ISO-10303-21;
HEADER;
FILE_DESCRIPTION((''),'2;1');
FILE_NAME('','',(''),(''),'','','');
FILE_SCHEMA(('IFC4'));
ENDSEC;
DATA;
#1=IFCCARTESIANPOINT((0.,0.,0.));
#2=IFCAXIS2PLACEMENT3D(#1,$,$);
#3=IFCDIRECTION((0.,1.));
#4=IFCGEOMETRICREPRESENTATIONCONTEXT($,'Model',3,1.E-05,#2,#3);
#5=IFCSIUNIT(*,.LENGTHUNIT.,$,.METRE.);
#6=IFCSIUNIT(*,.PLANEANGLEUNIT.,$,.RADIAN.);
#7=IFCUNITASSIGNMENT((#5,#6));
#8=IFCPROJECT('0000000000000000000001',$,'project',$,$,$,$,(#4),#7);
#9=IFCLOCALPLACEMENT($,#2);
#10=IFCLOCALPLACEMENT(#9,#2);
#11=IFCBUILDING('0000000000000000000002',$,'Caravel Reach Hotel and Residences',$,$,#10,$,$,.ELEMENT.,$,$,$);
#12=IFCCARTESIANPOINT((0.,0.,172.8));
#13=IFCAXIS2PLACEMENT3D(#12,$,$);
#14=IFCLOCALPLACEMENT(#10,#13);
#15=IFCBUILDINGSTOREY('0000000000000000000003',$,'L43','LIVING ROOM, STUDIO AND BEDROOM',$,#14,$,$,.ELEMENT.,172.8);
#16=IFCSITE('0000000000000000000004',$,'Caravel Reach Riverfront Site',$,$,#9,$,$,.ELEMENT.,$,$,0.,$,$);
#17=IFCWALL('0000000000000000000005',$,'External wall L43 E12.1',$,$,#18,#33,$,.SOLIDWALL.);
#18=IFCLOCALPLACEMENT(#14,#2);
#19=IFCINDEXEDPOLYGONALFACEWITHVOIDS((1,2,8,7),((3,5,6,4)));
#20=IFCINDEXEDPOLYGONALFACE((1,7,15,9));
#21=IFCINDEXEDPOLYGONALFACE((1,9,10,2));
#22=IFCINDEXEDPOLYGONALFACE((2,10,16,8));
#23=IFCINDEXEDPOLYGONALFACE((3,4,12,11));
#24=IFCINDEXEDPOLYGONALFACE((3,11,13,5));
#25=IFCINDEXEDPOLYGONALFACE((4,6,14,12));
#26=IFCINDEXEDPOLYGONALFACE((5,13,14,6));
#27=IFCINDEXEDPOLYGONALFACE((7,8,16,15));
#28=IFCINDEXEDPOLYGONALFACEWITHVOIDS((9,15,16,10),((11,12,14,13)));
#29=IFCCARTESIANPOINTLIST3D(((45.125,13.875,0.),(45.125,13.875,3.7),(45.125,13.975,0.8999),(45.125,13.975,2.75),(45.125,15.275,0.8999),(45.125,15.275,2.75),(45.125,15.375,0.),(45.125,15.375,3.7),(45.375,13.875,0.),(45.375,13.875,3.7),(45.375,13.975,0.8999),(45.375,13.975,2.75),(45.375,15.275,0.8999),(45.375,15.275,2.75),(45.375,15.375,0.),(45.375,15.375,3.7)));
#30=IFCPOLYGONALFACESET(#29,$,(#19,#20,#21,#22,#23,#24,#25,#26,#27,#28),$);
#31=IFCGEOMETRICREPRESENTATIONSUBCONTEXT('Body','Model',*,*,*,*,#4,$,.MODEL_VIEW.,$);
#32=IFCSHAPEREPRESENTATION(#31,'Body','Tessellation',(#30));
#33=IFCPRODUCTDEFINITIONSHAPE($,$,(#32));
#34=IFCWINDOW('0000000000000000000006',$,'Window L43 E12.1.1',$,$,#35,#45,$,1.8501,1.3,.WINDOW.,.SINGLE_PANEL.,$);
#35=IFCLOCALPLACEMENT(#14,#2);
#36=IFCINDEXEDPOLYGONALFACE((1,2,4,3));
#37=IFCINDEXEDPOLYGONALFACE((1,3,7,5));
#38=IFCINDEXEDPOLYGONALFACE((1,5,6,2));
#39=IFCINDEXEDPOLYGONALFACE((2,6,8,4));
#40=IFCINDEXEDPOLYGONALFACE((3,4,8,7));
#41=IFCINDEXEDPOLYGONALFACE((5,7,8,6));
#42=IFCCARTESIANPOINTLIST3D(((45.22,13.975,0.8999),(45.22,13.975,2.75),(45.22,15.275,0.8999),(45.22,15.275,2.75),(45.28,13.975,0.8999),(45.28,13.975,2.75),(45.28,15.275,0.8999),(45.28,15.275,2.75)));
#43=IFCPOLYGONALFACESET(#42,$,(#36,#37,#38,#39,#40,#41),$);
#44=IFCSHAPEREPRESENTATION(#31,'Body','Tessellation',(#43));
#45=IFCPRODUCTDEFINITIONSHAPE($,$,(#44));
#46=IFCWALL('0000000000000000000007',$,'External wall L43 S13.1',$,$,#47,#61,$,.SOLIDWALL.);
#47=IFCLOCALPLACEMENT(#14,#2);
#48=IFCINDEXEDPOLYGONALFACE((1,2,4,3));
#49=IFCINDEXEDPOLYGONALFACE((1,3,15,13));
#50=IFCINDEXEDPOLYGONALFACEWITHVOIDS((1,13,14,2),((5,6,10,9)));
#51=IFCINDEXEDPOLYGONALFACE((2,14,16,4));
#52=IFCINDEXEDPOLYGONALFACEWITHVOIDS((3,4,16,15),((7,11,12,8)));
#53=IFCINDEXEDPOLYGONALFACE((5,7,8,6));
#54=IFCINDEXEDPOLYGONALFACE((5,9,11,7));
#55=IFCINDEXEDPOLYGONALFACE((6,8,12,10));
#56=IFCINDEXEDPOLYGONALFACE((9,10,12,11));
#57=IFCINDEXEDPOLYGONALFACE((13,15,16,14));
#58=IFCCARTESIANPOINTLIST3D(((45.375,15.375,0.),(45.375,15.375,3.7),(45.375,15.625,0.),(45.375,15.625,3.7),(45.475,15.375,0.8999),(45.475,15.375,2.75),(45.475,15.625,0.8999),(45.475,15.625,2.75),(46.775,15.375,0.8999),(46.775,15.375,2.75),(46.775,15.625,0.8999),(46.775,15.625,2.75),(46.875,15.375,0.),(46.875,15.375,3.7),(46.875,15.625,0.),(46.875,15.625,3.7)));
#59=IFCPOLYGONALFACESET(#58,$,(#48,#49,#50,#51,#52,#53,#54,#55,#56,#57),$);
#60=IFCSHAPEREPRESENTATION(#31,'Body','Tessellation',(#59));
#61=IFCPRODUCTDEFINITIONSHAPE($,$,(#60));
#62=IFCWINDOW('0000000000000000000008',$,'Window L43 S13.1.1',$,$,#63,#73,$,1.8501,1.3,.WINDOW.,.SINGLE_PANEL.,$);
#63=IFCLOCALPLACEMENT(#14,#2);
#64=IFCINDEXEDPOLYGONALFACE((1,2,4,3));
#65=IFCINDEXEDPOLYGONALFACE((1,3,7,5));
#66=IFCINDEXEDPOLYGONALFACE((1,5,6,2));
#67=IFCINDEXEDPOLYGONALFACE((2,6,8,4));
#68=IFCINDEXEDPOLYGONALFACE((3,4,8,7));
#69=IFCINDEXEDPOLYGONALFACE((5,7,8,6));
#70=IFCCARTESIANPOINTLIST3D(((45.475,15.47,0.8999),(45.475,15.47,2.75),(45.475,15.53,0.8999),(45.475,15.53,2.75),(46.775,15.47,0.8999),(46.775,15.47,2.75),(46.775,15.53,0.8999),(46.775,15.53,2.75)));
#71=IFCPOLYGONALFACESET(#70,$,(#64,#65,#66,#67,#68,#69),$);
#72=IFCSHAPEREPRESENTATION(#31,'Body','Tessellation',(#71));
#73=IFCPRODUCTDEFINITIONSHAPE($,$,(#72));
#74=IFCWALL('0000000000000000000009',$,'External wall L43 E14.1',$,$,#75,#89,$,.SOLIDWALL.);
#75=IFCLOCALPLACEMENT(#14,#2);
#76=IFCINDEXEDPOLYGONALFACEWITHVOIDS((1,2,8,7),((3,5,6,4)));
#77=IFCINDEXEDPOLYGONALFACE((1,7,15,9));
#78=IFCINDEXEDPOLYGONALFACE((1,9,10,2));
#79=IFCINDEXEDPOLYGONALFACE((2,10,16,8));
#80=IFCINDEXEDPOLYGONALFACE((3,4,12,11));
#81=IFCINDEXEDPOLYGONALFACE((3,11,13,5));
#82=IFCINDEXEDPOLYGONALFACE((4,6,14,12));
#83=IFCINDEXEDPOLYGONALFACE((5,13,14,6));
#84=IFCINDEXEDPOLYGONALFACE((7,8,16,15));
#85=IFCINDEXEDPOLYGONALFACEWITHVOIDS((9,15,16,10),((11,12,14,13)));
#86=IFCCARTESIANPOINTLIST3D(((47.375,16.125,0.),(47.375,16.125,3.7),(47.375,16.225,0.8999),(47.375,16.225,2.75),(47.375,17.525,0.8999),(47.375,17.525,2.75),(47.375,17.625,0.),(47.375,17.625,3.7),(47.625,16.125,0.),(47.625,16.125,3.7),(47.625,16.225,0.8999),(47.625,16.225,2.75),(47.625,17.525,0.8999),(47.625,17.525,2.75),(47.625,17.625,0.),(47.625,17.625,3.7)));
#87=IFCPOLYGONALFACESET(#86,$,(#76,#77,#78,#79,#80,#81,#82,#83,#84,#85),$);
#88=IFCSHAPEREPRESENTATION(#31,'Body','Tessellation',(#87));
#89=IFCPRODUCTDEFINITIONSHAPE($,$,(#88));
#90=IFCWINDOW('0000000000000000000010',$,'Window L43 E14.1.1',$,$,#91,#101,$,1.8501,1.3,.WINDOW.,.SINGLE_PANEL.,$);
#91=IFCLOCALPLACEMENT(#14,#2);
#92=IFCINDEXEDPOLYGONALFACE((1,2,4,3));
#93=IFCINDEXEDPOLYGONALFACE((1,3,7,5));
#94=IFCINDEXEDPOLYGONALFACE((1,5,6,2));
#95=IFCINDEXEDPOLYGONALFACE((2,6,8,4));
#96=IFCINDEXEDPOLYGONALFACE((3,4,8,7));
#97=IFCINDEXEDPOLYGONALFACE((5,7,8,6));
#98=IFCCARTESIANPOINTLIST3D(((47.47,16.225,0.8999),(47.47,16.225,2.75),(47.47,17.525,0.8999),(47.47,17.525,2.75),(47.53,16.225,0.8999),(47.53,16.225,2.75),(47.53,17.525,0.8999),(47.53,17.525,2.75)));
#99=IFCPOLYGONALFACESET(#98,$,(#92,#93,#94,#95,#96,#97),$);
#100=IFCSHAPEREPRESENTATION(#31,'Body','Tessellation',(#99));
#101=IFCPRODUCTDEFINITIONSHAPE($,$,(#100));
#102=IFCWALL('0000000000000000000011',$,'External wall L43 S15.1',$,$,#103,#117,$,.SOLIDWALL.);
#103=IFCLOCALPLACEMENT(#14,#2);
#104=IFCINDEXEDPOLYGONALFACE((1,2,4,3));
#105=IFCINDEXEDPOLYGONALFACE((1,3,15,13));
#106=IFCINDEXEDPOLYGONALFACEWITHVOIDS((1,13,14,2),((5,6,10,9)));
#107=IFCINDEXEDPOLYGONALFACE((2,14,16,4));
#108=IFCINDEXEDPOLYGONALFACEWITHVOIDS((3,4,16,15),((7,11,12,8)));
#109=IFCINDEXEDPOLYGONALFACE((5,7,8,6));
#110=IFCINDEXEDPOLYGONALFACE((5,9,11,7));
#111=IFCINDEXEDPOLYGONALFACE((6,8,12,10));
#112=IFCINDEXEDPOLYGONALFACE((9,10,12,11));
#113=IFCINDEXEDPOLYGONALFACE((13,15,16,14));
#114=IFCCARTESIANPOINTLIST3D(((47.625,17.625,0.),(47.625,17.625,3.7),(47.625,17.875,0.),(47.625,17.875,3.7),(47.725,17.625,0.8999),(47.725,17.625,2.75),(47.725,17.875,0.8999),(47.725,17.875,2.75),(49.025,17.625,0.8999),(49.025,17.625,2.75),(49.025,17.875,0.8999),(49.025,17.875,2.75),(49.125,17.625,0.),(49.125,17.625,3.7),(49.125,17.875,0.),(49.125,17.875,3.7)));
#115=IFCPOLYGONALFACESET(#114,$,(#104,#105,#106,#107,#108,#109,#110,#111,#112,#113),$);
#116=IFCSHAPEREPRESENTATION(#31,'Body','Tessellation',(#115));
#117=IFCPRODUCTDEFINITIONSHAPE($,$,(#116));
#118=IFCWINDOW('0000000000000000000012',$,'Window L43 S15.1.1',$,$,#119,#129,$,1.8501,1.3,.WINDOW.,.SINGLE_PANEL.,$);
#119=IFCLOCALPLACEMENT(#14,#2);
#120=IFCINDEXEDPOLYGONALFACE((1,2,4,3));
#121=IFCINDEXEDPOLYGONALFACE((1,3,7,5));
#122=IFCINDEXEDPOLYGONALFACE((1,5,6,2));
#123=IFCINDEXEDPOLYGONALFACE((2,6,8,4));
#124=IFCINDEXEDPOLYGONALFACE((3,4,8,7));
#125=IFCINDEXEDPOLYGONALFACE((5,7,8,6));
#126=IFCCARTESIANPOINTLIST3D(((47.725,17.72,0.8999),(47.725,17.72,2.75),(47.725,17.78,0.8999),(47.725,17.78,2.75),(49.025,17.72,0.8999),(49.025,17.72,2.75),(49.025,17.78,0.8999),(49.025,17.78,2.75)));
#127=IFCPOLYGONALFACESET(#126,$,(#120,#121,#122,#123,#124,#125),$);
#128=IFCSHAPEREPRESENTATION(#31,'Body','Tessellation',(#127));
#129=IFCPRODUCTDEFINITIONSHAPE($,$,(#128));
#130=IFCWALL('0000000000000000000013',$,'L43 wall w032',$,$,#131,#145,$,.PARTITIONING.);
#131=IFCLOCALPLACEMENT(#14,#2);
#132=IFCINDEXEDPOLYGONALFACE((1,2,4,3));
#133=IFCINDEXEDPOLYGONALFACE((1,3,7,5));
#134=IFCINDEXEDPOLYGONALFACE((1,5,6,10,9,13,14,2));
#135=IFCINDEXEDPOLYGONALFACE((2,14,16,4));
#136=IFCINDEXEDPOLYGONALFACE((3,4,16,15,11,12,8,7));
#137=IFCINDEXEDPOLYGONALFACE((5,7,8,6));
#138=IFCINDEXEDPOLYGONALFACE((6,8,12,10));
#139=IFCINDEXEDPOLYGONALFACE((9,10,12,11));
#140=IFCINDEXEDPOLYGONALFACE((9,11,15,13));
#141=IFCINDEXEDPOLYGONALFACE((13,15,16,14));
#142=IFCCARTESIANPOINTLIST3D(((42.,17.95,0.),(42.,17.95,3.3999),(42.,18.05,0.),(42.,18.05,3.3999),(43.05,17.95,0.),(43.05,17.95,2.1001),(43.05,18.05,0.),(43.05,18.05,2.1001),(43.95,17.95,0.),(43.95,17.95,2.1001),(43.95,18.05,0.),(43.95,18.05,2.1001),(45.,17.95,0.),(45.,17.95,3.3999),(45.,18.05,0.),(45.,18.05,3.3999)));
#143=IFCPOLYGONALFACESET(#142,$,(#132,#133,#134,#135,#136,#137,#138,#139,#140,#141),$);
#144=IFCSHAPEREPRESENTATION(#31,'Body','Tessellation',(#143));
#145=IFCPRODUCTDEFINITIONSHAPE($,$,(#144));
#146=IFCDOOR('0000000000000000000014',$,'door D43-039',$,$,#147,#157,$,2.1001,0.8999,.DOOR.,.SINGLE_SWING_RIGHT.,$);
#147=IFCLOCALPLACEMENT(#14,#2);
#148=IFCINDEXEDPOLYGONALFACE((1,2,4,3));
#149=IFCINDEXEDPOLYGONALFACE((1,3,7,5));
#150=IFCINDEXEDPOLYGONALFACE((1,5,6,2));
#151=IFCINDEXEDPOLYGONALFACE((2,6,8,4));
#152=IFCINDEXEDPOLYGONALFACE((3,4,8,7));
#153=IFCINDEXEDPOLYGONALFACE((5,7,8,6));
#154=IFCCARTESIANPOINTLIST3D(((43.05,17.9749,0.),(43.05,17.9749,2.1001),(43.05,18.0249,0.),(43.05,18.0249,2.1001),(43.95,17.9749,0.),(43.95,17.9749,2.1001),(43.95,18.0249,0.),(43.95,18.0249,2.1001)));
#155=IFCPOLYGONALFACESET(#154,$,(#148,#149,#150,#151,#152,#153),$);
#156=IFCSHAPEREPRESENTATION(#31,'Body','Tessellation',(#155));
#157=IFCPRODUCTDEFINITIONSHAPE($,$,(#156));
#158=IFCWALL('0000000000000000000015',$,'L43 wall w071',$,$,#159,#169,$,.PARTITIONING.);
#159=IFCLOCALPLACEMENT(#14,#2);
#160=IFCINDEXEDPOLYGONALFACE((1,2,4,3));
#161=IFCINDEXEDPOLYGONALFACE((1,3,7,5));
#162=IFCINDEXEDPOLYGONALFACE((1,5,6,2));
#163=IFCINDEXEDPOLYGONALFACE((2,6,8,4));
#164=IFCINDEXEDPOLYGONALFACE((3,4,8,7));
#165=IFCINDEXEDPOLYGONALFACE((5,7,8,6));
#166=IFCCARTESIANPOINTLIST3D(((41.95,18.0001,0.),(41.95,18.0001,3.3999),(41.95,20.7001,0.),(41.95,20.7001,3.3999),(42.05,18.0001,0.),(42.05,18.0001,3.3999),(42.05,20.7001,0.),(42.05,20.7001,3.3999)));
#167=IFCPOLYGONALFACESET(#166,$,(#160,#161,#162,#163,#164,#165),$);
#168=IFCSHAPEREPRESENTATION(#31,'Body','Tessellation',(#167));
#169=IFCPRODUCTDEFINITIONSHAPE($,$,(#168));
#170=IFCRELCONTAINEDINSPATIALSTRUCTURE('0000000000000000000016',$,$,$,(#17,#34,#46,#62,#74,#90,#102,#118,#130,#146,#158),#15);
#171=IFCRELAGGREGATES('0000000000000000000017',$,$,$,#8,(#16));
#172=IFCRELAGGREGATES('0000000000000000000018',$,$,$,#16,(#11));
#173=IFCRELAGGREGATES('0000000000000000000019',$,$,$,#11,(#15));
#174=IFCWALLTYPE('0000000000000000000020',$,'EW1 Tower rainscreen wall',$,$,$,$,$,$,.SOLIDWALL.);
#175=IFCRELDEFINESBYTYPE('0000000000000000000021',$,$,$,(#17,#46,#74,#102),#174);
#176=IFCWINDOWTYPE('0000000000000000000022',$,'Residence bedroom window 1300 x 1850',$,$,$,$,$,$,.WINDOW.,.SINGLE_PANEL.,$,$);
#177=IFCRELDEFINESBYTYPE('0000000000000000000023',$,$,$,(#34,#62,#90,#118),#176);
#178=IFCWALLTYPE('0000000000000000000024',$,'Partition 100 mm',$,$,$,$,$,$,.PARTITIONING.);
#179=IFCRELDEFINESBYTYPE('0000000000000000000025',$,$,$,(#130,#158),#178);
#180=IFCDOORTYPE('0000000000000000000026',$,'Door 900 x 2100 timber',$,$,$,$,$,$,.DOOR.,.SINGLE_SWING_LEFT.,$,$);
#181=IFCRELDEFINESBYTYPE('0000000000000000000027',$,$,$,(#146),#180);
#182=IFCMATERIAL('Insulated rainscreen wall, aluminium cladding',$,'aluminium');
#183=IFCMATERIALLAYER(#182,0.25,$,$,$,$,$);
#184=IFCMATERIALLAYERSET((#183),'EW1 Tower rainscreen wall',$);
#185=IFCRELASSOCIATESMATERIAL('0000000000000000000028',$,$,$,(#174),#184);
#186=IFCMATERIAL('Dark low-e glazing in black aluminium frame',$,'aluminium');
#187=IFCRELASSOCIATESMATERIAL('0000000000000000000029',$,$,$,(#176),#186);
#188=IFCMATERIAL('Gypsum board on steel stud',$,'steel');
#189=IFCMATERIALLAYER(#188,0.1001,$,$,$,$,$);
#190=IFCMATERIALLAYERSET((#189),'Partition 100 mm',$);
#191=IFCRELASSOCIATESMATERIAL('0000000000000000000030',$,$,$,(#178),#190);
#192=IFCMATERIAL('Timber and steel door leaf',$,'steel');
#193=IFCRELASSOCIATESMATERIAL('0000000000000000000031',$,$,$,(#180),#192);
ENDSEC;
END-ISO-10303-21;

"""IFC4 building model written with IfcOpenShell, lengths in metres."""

from ifc_helpers import new_model, si_unit, direction, frame, frame_2d, origin, place, context, subcontext, project, spatial, rectangle, extrude, material, layer, layer_set, type_object, element, fill, save


model = new_model("IFC4")

# Units and contexts
model_context = context("Model", 3, precision=1e-05, world=origin(), true_north=direction((0.0, 1.0)))
body_context = subcontext(model_context, "Body", "Model", "MODEL_VIEW")
ifc_project = project(units=[si_unit("LENGTHUNIT", "METRE"), si_unit("PLANEANGLEUNIT", "RADIAN")], contexts=[model_context])

# Site, building, storey
site_placement = place(None, origin())
site = spatial("IfcSite", under=ifc_project, at=site_placement, Name="Caravel Reach Riverfront Site", CompositionType="ELEMENT", RefElevation=0.0)
building_placement = place(site_placement, origin())
building = spatial("IfcBuilding", under=site, at=building_placement, Name="Caravel Reach Hotel and Residences", CompositionType="ELEMENT")
storey_placement = place(building_placement, frame((0.0, 0.0, 172.8)))
storey = spatial("IfcBuildingStorey", under=building, at=storey_placement, Name="L43", Description="LIVING ROOM, STUDIO AND BEDROOM", CompositionType="ELEMENT", Elevation=172.8)

# Walls, openings, windows
ifc_material_1 = material(Name="Insulated rainscreen wall, aluminium cladding", Category="aluminium")
ifc_layer_1 = layer(ifc_material_1, 0.25)
ifc_layer_set_1 = layer_set([ifc_layer_1], Name="EW1 Tower rainscreen wall")
wall_type_1 = type_object("IfcWallType", Name="EW1 Tower rainscreen wall", PredefinedType="SOLIDWALL", material=ifc_layer_set_1)
wall_1_placement = place(storey_placement, frame((45.25, 13.875, 0.0), z_axis=(0.0, 0.0, 1.0), x_axis=(0.0, 1.0, 0.0)))
wall_1 = element("IfcWall", 1, at=wall_1_placement, inside=storey, type_object=wall_type_1, Name="External wall L43 E12.1", PredefinedType="SOLIDWALL", context=body_context, shape_type="SweptSolid", body=[
    extrude(rectangle(XDim=1.5, YDim=0.25, at=frame_2d((0.75, 0.0))), origin(), (0.0, 0.0, 1.0), 3.7),
])
opening_1_placement = place(wall_1_placement, frame((0.1001, 0.0, 0.8999)))
opening_1 = element("IfcOpeningElement", 2, at=opening_1_placement, cuts=wall_1, PredefinedType="OPENING", context=body_context, shape_type="SweptSolid", body=[
    extrude(rectangle(XDim=1.3, YDim=1.8501, at=frame_2d((0.6499, 0.925))), frame((0.0, 0.135, 0.0), z_axis=(0.0, -1.0, 0.0), x_axis=(1.0, 0.0, 0.0)), (0.0, 0.0, 1.0), 0.27),
])
ifc_material_2 = material(Name="Dark low-e glazing in black aluminium frame", Category="aluminium")
window_type = type_object("IfcWindowType", Name="Residence bedroom window 1300 x 1850", PartitioningType="SINGLE_PANEL", PredefinedType="WINDOW", material=ifc_material_2)
window_1_placement = place(opening_1_placement, origin())
window_1 = element("IfcWindow", 3, at=window_1_placement, inside=storey, type_object=window_type, Name="Window L43 E12.1.1", OverallHeight=1.8501, OverallWidth=1.3, PartitioningType="SINGLE_PANEL", PredefinedType="WINDOW", context=body_context, shape_type="SweptSolid", body=[
    extrude(rectangle(XDim=1.3, YDim=1.8501, at=frame_2d((0.6499, 0.925))), frame((0.0, 0.03, 0.0), z_axis=(0.0, -1.0, 0.0), x_axis=(1.0, 0.0, 0.0)), (0.0, 0.0, 1.0), 0.0601),
])
fill(opening_1, window_1)
wall_2_placement = place(storey_placement, frame((45.375, 15.5, 0.0), z_axis=(0.0, 0.0, 1.0), x_axis=(1.0, 0.0, 0.0)))
wall_2 = element("IfcWall", 4, at=wall_2_placement, inside=storey, type_object=wall_type_1, Name="External wall L43 S13.1", PredefinedType="SOLIDWALL", context=body_context, shape_type="SweptSolid", body=[
    extrude(rectangle(XDim=1.5, YDim=0.25, at=frame_2d((0.75, 0.0))), origin(), (0.0, 0.0, 1.0), 3.7),
])
opening_2_placement = place(wall_2_placement, frame((0.1001, 0.0, 0.8999)))
opening_2 = element("IfcOpeningElement", 5, at=opening_2_placement, cuts=wall_2, PredefinedType="OPENING", context=body_context, shape_type="SweptSolid", body=[
    extrude(rectangle(XDim=1.3, YDim=1.8501, at=frame_2d((0.6499, 0.925))), frame((0.0, 0.135, 0.0), z_axis=(0.0, -1.0, 0.0), x_axis=(1.0, 0.0, 0.0)), (0.0, 0.0, 1.0), 0.27),
])
window_2_placement = place(opening_2_placement, origin())
window_2 = element("IfcWindow", 6, at=window_2_placement, inside=storey, type_object=window_type, Name="Window L43 S13.1.1", OverallHeight=1.8501, OverallWidth=1.3, PartitioningType="SINGLE_PANEL", PredefinedType="WINDOW", context=body_context, shape_type="SweptSolid", body=[
    extrude(rectangle(XDim=1.3, YDim=1.8501, at=frame_2d((0.6499, 0.925))), frame((0.0, 0.03, 0.0), z_axis=(0.0, -1.0, 0.0), x_axis=(1.0, 0.0, 0.0)), (0.0, 0.0, 1.0), 0.0601),
])
fill(opening_2, window_2)
wall_3_placement = place(storey_placement, frame((47.5, 16.125, 0.0), z_axis=(0.0, 0.0, 1.0), x_axis=(0.0, 1.0, 0.0)))
wall_3 = element("IfcWall", 7, at=wall_3_placement, inside=storey, type_object=wall_type_1, Name="External wall L43 E14.1", PredefinedType="SOLIDWALL", context=body_context, shape_type="SweptSolid", body=[
    extrude(rectangle(XDim=1.5, YDim=0.25, at=frame_2d((0.75, 0.0))), origin(), (0.0, 0.0, 1.0), 3.7),
])
opening_3_placement = place(wall_3_placement, frame((0.1001, 0.0, 0.8999)))
opening_3 = element("IfcOpeningElement", 8, at=opening_3_placement, cuts=wall_3, PredefinedType="OPENING", context=body_context, shape_type="SweptSolid", body=[
    extrude(rectangle(XDim=1.3, YDim=1.8501, at=frame_2d((0.6499, 0.925))), frame((0.0, 0.135, 0.0), z_axis=(0.0, -1.0, 0.0), x_axis=(1.0, 0.0, 0.0)), (0.0, 0.0, 1.0), 0.27),
])
window_3_placement = place(opening_3_placement, origin())
window_3 = element("IfcWindow", 9, at=window_3_placement, inside=storey, type_object=window_type, Name="Window L43 E14.1.1", OverallHeight=1.8501, OverallWidth=1.3, PartitioningType="SINGLE_PANEL", PredefinedType="WINDOW", context=body_context, shape_type="SweptSolid", body=[
    extrude(rectangle(XDim=1.3, YDim=1.8501, at=frame_2d((0.6499, 0.925))), frame((0.0, 0.03, 0.0), z_axis=(0.0, -1.0, 0.0), x_axis=(1.0, 0.0, 0.0)), (0.0, 0.0, 1.0), 0.0601),
])
fill(opening_3, window_3)
wall_4_placement = place(storey_placement, frame((47.625, 17.75, 0.0), z_axis=(0.0, 0.0, 1.0), x_axis=(1.0, 0.0, 0.0)))
wall_4 = element("IfcWall", 10, at=wall_4_placement, inside=storey, type_object=wall_type_1, Name="External wall L43 S15.1", PredefinedType="SOLIDWALL", context=body_context, shape_type="SweptSolid", body=[
    extrude(rectangle(XDim=1.5, YDim=0.25, at=frame_2d((0.75, 0.0))), origin(), (0.0, 0.0, 1.0), 3.7),
])
opening_4_placement = place(wall_4_placement, frame((0.1001, 0.0, 0.8999)))
opening_4 = element("IfcOpeningElement", 11, at=opening_4_placement, cuts=wall_4, PredefinedType="OPENING", context=body_context, shape_type="SweptSolid", body=[
    extrude(rectangle(XDim=1.3, YDim=1.8501, at=frame_2d((0.6499, 0.925))), frame((0.0, 0.135, 0.0), z_axis=(0.0, -1.0, 0.0), x_axis=(1.0, 0.0, 0.0)), (0.0, 0.0, 1.0), 0.27),
])
window_4_placement = place(opening_4_placement, origin())
window_4 = element("IfcWindow", 12, at=window_4_placement, inside=storey, type_object=window_type, Name="Window L43 S15.1.1", OverallHeight=1.8501, OverallWidth=1.3, PartitioningType="SINGLE_PANEL", PredefinedType="WINDOW", context=body_context, shape_type="SweptSolid", body=[
    extrude(rectangle(XDim=1.3, YDim=1.8501, at=frame_2d((0.6499, 0.925))), frame((0.0, 0.03, 0.0), z_axis=(0.0, -1.0, 0.0), x_axis=(1.0, 0.0, 0.0)), (0.0, 0.0, 1.0), 0.0601),
])
fill(opening_4, window_4)

# Wall, opening, door
ifc_material_3 = material(Name="Gypsum board on steel stud", Category="steel")
ifc_layer_2 = layer(ifc_material_3, 0.1001)
ifc_layer_set_2 = layer_set([ifc_layer_2], Name="Partition 100 mm")
wall_type_2 = type_object("IfcWallType", Name="Partition 100 mm", PredefinedType="PARTITIONING", material=ifc_layer_set_2)
wall_5_placement = place(storey_placement, frame((42.0, 18.0, 0.0), z_axis=(0.0, 0.0, 1.0), x_axis=(1.0, 0.0, 0.0)))
wall_5 = element("IfcWall", 13, at=wall_5_placement, inside=storey, type_object=wall_type_2, Name="L43 wall w032", PredefinedType="PARTITIONING", context=body_context, shape_type="SweptSolid", body=[
    extrude(rectangle(XDim=3.0, YDim=0.1001, at=frame_2d((1.5, 0.0))), origin(), (0.0, 0.0, 1.0), 3.3999),
])
opening_5_placement = place(wall_5_placement, frame((1.05, 0.0, 0.0)))
opening_5 = element("IfcOpeningElement", 14, at=opening_5_placement, cuts=wall_5, PredefinedType="OPENING", context=body_context, shape_type="SweptSolid", body=[
    extrude(rectangle(XDim=0.8999, YDim=2.1001, at=frame_2d((0.45, 1.05))), frame((0.0, 0.0601, 0.0), z_axis=(0.0, -1.0, 0.0), x_axis=(1.0, 0.0, 0.0)), (0.0, 0.0, 1.0), 0.1201),
])
ifc_material_4 = material(Name="Timber and steel door leaf", Category="steel")
door_type_1 = type_object("IfcDoorType", Name="Door 900 x 2100 timber", OperationType="SINGLE_SWING_LEFT", PredefinedType="DOOR", material=ifc_material_4)
door_1_placement = place(opening_5_placement, origin())
door_1 = element("IfcDoor", 15, at=door_1_placement, inside=storey, type_object=door_type_1, Name="door D43-039", OperationType="SINGLE_SWING_RIGHT", OverallHeight=2.1001, OverallWidth=0.8999, PredefinedType="DOOR", context=body_context, shape_type="SweptSolid", body=[
    extrude(rectangle(XDim=0.8999, YDim=2.1001, at=frame_2d((0.45, 1.05))), frame((0.0, 0.0249, 0.0), z_axis=(0.0, -1.0, 0.0), x_axis=(1.0, 0.0, 0.0)), (0.0, 0.0, 1.0), 0.05),
])
fill(opening_5, door_1)

# Wall
wall_6_placement = place(storey_placement, frame((42.0, 18.0, 0.0), z_axis=(0.0, 0.0, 1.0), x_axis=(0.0, 1.0, 0.0)))
element("IfcWall", 16, at=wall_6_placement, inside=storey, type_object=wall_type_2, Name="L43 wall w071", PredefinedType="PARTITIONING", context=body_context, shape_type="SweptSolid", body=[
    extrude(rectangle(XDim=2.7, YDim=0.1001, at=frame_2d((1.3501, 0.0))), origin(), (0.0, 0.0, 1.0), 3.3999),
])

save(model, "model.ifc")
